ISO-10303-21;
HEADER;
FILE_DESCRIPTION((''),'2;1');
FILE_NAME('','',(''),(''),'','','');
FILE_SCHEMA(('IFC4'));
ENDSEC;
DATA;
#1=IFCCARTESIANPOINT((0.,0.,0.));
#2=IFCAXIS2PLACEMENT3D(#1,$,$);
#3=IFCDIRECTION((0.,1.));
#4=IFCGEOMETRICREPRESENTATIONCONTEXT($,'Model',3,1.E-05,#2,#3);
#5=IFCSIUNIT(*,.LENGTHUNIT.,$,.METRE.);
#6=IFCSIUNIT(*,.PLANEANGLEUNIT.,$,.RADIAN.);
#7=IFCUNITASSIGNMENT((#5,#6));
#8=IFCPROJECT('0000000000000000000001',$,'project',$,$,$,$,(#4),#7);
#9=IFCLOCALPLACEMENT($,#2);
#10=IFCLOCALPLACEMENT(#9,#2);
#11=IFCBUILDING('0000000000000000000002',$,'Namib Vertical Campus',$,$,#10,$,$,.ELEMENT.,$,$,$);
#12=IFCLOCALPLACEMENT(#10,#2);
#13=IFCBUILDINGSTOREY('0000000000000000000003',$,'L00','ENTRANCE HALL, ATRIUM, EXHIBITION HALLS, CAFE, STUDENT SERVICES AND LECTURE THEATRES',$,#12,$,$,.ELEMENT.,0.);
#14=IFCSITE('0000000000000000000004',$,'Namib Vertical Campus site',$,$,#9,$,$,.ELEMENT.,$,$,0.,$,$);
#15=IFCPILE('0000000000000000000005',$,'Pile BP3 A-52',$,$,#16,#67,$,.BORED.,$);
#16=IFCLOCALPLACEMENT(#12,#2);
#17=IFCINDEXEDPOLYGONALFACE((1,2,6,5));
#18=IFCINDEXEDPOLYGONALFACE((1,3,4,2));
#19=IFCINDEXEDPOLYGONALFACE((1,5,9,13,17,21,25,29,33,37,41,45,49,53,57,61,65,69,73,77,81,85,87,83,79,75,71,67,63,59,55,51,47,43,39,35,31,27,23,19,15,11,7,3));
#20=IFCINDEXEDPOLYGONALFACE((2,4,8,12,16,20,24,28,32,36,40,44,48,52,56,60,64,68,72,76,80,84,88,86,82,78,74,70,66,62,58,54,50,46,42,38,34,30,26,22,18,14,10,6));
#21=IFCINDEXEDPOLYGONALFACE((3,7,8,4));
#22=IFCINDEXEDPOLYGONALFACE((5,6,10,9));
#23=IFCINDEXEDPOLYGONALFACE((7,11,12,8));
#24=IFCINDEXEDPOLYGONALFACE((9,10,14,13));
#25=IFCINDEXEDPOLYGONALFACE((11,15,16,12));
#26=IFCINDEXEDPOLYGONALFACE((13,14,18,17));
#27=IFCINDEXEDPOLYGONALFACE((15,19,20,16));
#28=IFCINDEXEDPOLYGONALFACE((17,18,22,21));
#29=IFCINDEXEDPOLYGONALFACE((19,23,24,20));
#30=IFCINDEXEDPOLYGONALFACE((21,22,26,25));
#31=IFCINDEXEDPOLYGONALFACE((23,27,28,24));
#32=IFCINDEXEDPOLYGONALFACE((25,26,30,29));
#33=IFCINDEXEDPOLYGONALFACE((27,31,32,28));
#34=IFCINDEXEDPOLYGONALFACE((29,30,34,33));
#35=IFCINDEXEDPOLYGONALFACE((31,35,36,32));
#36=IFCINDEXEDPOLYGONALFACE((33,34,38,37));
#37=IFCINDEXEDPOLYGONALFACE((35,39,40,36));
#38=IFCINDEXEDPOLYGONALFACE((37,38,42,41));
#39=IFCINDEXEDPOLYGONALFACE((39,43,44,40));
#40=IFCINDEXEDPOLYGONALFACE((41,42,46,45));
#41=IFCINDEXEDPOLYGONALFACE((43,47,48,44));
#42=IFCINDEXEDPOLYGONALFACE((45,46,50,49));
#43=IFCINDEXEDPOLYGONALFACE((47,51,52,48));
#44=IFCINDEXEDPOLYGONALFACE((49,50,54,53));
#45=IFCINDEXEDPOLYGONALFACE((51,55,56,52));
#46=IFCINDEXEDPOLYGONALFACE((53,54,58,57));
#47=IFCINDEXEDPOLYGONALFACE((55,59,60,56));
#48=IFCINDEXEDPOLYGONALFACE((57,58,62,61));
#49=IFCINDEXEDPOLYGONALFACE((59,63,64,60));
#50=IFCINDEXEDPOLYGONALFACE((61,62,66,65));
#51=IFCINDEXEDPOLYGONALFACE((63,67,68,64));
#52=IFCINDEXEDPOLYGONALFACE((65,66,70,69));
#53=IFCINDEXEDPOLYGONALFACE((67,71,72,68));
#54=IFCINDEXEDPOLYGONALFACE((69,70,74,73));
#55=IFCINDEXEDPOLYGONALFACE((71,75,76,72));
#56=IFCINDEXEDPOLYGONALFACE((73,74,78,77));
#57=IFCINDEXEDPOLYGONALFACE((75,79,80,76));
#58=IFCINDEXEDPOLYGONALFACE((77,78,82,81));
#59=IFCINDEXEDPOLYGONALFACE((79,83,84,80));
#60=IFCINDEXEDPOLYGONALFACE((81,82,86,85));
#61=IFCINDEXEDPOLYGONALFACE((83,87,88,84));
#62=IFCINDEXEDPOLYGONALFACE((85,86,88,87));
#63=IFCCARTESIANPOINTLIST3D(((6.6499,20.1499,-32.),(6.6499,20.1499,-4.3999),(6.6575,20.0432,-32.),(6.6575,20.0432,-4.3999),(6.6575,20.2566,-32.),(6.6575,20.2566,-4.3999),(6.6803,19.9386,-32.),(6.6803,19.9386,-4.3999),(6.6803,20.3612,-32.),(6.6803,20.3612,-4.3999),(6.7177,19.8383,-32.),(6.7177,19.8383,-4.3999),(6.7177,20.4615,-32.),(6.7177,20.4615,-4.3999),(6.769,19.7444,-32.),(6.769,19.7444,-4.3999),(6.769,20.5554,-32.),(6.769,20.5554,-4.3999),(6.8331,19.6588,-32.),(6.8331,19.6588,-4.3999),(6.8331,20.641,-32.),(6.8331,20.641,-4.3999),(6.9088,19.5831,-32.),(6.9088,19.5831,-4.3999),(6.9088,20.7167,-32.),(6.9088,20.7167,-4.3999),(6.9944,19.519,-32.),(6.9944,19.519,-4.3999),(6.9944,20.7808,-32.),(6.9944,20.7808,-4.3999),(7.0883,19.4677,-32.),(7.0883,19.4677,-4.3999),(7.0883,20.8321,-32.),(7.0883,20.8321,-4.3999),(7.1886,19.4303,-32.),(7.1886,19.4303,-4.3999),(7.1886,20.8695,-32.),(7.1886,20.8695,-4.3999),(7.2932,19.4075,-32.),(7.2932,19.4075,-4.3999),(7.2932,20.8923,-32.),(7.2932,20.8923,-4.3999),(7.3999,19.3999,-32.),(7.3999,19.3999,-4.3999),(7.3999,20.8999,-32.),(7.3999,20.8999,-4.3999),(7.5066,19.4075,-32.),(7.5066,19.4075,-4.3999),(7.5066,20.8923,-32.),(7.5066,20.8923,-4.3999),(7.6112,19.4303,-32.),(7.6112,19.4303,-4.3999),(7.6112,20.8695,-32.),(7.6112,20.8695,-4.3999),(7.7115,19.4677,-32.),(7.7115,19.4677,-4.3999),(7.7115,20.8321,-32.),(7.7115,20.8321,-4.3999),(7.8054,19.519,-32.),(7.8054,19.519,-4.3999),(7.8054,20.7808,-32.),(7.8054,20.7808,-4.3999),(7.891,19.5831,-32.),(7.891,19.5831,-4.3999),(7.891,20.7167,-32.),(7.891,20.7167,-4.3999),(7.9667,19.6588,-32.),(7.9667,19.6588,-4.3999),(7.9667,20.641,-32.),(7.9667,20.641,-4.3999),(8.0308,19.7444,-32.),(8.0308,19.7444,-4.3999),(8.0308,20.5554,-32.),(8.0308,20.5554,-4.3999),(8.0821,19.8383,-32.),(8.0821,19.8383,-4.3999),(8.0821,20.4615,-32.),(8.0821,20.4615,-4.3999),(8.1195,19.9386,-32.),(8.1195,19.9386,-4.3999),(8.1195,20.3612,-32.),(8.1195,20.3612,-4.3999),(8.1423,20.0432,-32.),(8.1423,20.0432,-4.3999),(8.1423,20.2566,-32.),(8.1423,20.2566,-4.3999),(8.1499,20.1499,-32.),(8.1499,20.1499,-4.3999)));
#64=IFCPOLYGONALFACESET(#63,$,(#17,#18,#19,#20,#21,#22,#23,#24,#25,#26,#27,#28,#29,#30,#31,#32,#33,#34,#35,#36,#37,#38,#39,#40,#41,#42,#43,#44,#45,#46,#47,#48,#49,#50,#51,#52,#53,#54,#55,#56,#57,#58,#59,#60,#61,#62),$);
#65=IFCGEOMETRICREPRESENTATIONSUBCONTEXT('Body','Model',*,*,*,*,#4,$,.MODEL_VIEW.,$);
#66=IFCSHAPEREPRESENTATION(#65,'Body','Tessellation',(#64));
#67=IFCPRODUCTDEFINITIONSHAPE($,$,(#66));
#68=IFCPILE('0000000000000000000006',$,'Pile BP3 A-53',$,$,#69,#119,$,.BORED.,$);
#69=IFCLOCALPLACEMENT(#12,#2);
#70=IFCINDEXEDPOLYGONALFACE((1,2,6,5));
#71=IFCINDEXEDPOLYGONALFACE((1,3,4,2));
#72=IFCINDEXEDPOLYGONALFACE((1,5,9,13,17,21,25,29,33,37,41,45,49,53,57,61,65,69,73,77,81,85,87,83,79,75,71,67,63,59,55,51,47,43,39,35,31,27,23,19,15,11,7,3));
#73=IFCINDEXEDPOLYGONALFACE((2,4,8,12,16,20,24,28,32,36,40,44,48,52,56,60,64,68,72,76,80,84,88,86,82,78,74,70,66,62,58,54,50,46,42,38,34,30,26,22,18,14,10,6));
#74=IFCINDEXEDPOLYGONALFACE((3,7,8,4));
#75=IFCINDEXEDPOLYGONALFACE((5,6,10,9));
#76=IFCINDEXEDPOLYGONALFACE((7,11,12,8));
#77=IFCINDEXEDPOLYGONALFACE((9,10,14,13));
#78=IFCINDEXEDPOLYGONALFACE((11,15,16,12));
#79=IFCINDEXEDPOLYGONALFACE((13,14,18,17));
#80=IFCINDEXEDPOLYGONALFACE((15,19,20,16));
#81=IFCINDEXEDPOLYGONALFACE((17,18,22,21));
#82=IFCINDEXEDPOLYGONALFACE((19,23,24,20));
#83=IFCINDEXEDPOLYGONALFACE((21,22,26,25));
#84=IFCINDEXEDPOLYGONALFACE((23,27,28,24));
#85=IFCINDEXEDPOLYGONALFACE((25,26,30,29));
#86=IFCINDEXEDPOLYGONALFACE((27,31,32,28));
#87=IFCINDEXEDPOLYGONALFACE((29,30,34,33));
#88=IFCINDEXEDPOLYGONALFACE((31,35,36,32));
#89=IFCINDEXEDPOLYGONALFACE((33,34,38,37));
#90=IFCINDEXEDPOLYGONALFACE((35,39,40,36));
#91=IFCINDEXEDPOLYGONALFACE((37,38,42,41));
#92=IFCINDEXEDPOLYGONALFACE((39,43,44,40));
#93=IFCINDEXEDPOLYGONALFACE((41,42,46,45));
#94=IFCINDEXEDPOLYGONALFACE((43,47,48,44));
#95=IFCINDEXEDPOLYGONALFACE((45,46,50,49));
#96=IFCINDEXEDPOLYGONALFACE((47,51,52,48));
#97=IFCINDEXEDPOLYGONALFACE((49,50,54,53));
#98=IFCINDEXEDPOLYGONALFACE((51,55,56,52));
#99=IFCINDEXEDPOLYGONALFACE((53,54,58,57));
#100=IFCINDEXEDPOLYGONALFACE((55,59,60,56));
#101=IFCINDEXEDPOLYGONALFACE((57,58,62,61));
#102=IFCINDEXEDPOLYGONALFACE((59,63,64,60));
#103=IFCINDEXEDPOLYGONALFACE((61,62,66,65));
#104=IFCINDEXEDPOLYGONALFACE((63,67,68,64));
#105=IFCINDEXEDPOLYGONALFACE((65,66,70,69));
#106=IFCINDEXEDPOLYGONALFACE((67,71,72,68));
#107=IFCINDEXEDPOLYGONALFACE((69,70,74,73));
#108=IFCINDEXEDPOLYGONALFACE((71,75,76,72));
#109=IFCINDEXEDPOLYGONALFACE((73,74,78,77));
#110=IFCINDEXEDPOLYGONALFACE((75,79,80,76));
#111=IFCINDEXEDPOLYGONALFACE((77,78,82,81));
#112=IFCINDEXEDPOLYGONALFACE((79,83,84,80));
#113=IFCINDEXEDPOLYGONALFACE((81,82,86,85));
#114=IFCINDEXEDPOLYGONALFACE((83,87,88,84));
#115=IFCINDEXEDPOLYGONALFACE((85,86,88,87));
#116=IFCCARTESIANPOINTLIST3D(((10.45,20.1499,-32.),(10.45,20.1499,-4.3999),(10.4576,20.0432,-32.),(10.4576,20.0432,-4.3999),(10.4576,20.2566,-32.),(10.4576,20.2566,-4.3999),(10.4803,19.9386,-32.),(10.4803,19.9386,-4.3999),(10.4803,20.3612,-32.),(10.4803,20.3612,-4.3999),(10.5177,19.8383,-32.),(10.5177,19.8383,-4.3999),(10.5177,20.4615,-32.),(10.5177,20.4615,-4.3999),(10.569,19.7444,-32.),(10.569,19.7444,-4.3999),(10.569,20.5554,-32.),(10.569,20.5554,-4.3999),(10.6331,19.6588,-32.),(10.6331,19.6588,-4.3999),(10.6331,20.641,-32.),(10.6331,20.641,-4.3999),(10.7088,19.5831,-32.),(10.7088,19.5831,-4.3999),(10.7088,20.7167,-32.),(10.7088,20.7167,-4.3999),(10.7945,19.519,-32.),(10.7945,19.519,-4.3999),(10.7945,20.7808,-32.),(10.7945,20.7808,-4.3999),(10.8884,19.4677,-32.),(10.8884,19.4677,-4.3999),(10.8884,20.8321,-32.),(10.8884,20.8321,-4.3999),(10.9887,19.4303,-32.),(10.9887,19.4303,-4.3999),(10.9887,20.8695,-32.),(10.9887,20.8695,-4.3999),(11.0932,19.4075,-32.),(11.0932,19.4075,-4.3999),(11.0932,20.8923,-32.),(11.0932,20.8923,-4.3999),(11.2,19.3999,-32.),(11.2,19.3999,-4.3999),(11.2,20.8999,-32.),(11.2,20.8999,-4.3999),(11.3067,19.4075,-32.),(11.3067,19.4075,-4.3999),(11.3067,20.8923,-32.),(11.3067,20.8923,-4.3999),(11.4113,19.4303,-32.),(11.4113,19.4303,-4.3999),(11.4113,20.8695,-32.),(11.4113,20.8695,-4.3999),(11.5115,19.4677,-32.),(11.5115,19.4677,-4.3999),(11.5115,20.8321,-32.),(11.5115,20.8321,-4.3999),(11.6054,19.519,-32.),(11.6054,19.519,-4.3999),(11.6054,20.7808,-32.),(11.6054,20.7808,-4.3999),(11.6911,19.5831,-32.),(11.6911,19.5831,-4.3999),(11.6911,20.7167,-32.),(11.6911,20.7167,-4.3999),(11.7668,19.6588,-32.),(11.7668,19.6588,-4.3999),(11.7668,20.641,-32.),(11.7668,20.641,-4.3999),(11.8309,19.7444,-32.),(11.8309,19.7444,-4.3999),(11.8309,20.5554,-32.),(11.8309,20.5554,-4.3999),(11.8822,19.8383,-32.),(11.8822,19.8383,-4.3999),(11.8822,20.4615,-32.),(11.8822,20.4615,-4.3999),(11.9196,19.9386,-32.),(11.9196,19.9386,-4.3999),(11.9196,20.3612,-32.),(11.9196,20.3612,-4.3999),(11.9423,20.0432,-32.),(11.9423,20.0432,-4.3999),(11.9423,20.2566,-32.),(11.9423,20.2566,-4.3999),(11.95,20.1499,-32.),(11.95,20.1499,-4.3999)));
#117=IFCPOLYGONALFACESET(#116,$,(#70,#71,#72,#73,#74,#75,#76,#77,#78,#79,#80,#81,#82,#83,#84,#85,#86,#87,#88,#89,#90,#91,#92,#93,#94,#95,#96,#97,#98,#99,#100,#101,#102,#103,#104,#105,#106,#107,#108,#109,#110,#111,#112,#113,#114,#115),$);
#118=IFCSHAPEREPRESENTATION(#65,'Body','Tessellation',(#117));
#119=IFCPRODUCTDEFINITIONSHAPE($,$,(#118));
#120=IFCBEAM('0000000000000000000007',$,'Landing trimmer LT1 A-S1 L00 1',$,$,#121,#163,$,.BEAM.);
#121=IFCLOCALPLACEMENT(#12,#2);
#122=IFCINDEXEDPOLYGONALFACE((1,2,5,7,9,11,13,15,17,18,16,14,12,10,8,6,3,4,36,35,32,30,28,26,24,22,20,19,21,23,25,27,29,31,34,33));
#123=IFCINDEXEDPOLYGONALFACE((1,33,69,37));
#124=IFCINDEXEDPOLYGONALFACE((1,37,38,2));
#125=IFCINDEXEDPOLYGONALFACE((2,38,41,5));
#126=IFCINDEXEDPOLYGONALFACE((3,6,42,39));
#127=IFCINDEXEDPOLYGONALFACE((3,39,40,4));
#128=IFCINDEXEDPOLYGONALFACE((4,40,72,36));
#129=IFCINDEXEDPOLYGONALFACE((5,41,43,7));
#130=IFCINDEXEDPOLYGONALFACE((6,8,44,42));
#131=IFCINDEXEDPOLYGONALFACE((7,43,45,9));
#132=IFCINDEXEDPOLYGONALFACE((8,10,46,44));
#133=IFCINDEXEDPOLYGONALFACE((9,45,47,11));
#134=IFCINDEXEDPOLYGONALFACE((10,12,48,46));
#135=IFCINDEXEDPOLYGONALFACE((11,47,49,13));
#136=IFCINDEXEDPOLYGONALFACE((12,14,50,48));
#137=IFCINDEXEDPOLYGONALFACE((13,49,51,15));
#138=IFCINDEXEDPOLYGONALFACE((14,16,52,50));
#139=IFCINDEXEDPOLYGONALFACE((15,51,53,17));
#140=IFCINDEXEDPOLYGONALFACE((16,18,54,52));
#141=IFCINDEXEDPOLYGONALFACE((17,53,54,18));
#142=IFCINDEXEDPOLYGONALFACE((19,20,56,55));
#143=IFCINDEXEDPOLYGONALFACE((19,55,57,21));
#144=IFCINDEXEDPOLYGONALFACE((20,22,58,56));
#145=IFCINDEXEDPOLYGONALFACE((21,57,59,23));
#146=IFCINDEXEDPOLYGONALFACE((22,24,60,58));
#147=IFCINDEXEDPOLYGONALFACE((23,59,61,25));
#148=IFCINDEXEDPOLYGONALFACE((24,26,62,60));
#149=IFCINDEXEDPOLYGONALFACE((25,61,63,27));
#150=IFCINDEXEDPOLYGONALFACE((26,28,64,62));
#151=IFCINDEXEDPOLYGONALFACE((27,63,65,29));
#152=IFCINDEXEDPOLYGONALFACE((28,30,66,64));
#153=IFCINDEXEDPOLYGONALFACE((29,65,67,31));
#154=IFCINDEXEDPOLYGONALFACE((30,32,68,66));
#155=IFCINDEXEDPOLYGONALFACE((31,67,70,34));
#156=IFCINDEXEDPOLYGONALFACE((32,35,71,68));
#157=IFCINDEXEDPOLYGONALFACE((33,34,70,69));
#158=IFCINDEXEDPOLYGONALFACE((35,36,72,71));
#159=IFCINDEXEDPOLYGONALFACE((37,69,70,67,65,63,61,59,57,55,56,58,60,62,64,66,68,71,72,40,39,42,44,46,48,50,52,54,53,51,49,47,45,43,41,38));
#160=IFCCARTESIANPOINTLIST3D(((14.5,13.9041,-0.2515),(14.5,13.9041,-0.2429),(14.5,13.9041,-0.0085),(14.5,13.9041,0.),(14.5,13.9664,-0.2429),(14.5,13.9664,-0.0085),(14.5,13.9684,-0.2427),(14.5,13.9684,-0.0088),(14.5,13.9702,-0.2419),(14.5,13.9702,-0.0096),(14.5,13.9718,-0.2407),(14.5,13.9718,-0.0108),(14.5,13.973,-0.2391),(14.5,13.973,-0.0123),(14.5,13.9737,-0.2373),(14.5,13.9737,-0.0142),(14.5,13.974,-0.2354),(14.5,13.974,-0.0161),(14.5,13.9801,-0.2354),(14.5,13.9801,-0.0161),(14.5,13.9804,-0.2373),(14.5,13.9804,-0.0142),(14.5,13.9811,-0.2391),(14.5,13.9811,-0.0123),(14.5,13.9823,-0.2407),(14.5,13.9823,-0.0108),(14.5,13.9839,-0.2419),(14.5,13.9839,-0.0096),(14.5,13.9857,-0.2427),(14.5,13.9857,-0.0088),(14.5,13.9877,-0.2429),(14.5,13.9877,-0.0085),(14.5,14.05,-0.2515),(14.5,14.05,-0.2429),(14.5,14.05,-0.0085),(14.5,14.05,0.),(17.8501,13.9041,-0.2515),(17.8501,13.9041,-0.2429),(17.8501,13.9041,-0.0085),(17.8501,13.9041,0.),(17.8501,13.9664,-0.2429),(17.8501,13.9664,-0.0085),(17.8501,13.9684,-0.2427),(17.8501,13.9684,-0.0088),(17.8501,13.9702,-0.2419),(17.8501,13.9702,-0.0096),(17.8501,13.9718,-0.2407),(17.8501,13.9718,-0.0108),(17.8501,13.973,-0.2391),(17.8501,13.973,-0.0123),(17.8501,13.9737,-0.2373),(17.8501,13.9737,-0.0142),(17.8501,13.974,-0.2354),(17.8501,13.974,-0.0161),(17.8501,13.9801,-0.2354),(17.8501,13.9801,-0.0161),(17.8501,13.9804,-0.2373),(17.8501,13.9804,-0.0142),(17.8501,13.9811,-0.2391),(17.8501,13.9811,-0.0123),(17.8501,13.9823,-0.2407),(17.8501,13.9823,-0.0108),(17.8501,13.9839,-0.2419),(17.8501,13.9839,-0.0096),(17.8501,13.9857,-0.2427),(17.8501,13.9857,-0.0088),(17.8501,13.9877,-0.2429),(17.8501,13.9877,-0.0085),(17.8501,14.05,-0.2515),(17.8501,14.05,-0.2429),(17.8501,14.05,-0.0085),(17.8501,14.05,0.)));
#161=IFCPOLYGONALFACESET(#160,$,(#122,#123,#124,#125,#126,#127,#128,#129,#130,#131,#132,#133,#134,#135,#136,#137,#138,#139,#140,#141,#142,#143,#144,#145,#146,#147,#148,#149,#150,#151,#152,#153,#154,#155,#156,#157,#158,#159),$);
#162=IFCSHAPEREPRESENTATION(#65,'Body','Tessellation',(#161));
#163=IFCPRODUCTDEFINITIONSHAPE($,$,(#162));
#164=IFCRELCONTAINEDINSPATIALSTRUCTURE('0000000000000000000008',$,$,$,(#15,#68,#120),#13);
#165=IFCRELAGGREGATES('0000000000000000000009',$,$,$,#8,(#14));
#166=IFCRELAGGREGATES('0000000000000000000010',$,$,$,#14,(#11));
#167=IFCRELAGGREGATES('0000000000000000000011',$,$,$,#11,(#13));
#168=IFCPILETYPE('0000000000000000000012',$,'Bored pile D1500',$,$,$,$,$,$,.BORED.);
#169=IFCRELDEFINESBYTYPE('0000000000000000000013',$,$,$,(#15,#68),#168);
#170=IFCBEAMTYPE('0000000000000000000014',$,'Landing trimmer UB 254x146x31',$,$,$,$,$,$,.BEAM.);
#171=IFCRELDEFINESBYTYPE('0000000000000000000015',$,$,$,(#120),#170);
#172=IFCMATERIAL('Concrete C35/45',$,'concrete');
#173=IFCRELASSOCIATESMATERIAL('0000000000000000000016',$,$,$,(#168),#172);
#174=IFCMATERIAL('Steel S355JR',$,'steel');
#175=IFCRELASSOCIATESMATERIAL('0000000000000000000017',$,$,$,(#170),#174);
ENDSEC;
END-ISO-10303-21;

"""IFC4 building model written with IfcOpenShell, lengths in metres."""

from ifc_helpers import new_model, si_unit, direction, frame, origin, origin_2d, place, context, subcontext, project, spatial, circle, i_section, extrude, material, material_profile, profile_set, type_object, element, save


model = new_model("IFC4")

# Units and contexts
model_context = context("Model", 3, precision=1e-05, world=origin(), true_north=direction((0.0, 1.0)))
body_context = subcontext(model_context, "Body", "Model", "MODEL_VIEW")
ifc_project = project(units=[si_unit("LENGTHUNIT", "METRE"), si_unit("PLANEANGLEUNIT", "RADIAN")], contexts=[model_context])

# Site, building, storey
site_placement = place(None, origin())
site = spatial("IfcSite", under=ifc_project, at=site_placement, Name="Namib Vertical Campus site", CompositionType="ELEMENT", RefElevation=0.0)
building_placement = place(site_placement, origin())
building = spatial("IfcBuilding", under=site, at=building_placement, Name="Namib Vertical Campus", CompositionType="ELEMENT")
storey_placement = place(building_placement, origin())
storey = spatial("IfcBuildingStorey", under=building, at=storey_placement, Name="L00", Description="ENTRANCE HALL, ATRIUM, EXHIBITION HALLS, CAFE, STUDENT SERVICES AND LECTURE THEATRES", CompositionType="ELEMENT", Elevation=0.0)

# Piles
ifc_material_1 = material(Name="Concrete C35/45", Category="concrete")
ifc_material_profile_1 = material_profile(ifc_material_1, circle(Radius=0.75, at=origin_2d()))
ifc_profile_set_1 = profile_set([ifc_material_profile_1], Name="Concrete C35/45")
pile_type = type_object("IfcPileType", Name="Bored pile D1500", PredefinedType="BORED", material=ifc_profile_set_1)
for number, where, z_axis, x_axis, name in (
    (1, (7.3999, 20.1499, -4.3999), (0.0, 0.0, -1.0), (1.0, 0.0, 0.0), "Pile BP3 A-52"),
    (2, (11.2, 20.1499, -4.3999), (0.0, 0.0, -1.0), (1.0, 0.0, 0.0), "Pile BP3 A-53"),
):
    element("IfcPile", number, at=place(storey_placement, frame(where, z_axis=z_axis, x_axis=x_axis)), inside=storey, type_object=pile_type, Name=name, PredefinedType="BORED", context=body_context, shape_type="SweptSolid", body=[
        extrude(circle(Radius=0.75, at=origin_2d()), origin(), (0.0, 0.0, 1.0), 27.6001),
    ])

# Beam
ifc_material_2 = material(Name="Steel S355JR", Category="steel")
ifc_material_profile_2 = material_profile(ifc_material_2, i_section(OverallWidth=0.146, OverallDepth=0.2515, WebThickness=0.0061, FlangeThickness=0.0085, FilletRadius=0.0076, at=origin_2d()))
ifc_profile_set_2 = profile_set([ifc_material_profile_2], Name="Steel S355JR")
beam_type = type_object("IfcBeamType", Name="Landing trimmer UB 254x146x31", PredefinedType="BEAM", material=ifc_profile_set_2)
for number, where, z_axis, x_axis, name in (
    (3, (14.5, 13.9771, -0.1257), (1.0, 0.0, 0.0), (0.0, 1.0, 0.0), "Landing trimmer LT1 A-S1 L00 1"),
):
    element("IfcBeam", number, at=place(storey_placement, frame(where, z_axis=z_axis, x_axis=x_axis)), inside=storey, type_object=beam_type, Name=name, PredefinedType="BEAM", context=body_context, shape_type="SweptSolid", body=[
        extrude(i_section(OverallWidth=0.146, OverallDepth=0.2515, WebThickness=0.0061, FlangeThickness=0.0085, FilletRadius=0.0076, at=origin_2d()), origin(), (0.0, 0.0, 1.0), 3.3501),
    ])

save(model, "model.ifc")
